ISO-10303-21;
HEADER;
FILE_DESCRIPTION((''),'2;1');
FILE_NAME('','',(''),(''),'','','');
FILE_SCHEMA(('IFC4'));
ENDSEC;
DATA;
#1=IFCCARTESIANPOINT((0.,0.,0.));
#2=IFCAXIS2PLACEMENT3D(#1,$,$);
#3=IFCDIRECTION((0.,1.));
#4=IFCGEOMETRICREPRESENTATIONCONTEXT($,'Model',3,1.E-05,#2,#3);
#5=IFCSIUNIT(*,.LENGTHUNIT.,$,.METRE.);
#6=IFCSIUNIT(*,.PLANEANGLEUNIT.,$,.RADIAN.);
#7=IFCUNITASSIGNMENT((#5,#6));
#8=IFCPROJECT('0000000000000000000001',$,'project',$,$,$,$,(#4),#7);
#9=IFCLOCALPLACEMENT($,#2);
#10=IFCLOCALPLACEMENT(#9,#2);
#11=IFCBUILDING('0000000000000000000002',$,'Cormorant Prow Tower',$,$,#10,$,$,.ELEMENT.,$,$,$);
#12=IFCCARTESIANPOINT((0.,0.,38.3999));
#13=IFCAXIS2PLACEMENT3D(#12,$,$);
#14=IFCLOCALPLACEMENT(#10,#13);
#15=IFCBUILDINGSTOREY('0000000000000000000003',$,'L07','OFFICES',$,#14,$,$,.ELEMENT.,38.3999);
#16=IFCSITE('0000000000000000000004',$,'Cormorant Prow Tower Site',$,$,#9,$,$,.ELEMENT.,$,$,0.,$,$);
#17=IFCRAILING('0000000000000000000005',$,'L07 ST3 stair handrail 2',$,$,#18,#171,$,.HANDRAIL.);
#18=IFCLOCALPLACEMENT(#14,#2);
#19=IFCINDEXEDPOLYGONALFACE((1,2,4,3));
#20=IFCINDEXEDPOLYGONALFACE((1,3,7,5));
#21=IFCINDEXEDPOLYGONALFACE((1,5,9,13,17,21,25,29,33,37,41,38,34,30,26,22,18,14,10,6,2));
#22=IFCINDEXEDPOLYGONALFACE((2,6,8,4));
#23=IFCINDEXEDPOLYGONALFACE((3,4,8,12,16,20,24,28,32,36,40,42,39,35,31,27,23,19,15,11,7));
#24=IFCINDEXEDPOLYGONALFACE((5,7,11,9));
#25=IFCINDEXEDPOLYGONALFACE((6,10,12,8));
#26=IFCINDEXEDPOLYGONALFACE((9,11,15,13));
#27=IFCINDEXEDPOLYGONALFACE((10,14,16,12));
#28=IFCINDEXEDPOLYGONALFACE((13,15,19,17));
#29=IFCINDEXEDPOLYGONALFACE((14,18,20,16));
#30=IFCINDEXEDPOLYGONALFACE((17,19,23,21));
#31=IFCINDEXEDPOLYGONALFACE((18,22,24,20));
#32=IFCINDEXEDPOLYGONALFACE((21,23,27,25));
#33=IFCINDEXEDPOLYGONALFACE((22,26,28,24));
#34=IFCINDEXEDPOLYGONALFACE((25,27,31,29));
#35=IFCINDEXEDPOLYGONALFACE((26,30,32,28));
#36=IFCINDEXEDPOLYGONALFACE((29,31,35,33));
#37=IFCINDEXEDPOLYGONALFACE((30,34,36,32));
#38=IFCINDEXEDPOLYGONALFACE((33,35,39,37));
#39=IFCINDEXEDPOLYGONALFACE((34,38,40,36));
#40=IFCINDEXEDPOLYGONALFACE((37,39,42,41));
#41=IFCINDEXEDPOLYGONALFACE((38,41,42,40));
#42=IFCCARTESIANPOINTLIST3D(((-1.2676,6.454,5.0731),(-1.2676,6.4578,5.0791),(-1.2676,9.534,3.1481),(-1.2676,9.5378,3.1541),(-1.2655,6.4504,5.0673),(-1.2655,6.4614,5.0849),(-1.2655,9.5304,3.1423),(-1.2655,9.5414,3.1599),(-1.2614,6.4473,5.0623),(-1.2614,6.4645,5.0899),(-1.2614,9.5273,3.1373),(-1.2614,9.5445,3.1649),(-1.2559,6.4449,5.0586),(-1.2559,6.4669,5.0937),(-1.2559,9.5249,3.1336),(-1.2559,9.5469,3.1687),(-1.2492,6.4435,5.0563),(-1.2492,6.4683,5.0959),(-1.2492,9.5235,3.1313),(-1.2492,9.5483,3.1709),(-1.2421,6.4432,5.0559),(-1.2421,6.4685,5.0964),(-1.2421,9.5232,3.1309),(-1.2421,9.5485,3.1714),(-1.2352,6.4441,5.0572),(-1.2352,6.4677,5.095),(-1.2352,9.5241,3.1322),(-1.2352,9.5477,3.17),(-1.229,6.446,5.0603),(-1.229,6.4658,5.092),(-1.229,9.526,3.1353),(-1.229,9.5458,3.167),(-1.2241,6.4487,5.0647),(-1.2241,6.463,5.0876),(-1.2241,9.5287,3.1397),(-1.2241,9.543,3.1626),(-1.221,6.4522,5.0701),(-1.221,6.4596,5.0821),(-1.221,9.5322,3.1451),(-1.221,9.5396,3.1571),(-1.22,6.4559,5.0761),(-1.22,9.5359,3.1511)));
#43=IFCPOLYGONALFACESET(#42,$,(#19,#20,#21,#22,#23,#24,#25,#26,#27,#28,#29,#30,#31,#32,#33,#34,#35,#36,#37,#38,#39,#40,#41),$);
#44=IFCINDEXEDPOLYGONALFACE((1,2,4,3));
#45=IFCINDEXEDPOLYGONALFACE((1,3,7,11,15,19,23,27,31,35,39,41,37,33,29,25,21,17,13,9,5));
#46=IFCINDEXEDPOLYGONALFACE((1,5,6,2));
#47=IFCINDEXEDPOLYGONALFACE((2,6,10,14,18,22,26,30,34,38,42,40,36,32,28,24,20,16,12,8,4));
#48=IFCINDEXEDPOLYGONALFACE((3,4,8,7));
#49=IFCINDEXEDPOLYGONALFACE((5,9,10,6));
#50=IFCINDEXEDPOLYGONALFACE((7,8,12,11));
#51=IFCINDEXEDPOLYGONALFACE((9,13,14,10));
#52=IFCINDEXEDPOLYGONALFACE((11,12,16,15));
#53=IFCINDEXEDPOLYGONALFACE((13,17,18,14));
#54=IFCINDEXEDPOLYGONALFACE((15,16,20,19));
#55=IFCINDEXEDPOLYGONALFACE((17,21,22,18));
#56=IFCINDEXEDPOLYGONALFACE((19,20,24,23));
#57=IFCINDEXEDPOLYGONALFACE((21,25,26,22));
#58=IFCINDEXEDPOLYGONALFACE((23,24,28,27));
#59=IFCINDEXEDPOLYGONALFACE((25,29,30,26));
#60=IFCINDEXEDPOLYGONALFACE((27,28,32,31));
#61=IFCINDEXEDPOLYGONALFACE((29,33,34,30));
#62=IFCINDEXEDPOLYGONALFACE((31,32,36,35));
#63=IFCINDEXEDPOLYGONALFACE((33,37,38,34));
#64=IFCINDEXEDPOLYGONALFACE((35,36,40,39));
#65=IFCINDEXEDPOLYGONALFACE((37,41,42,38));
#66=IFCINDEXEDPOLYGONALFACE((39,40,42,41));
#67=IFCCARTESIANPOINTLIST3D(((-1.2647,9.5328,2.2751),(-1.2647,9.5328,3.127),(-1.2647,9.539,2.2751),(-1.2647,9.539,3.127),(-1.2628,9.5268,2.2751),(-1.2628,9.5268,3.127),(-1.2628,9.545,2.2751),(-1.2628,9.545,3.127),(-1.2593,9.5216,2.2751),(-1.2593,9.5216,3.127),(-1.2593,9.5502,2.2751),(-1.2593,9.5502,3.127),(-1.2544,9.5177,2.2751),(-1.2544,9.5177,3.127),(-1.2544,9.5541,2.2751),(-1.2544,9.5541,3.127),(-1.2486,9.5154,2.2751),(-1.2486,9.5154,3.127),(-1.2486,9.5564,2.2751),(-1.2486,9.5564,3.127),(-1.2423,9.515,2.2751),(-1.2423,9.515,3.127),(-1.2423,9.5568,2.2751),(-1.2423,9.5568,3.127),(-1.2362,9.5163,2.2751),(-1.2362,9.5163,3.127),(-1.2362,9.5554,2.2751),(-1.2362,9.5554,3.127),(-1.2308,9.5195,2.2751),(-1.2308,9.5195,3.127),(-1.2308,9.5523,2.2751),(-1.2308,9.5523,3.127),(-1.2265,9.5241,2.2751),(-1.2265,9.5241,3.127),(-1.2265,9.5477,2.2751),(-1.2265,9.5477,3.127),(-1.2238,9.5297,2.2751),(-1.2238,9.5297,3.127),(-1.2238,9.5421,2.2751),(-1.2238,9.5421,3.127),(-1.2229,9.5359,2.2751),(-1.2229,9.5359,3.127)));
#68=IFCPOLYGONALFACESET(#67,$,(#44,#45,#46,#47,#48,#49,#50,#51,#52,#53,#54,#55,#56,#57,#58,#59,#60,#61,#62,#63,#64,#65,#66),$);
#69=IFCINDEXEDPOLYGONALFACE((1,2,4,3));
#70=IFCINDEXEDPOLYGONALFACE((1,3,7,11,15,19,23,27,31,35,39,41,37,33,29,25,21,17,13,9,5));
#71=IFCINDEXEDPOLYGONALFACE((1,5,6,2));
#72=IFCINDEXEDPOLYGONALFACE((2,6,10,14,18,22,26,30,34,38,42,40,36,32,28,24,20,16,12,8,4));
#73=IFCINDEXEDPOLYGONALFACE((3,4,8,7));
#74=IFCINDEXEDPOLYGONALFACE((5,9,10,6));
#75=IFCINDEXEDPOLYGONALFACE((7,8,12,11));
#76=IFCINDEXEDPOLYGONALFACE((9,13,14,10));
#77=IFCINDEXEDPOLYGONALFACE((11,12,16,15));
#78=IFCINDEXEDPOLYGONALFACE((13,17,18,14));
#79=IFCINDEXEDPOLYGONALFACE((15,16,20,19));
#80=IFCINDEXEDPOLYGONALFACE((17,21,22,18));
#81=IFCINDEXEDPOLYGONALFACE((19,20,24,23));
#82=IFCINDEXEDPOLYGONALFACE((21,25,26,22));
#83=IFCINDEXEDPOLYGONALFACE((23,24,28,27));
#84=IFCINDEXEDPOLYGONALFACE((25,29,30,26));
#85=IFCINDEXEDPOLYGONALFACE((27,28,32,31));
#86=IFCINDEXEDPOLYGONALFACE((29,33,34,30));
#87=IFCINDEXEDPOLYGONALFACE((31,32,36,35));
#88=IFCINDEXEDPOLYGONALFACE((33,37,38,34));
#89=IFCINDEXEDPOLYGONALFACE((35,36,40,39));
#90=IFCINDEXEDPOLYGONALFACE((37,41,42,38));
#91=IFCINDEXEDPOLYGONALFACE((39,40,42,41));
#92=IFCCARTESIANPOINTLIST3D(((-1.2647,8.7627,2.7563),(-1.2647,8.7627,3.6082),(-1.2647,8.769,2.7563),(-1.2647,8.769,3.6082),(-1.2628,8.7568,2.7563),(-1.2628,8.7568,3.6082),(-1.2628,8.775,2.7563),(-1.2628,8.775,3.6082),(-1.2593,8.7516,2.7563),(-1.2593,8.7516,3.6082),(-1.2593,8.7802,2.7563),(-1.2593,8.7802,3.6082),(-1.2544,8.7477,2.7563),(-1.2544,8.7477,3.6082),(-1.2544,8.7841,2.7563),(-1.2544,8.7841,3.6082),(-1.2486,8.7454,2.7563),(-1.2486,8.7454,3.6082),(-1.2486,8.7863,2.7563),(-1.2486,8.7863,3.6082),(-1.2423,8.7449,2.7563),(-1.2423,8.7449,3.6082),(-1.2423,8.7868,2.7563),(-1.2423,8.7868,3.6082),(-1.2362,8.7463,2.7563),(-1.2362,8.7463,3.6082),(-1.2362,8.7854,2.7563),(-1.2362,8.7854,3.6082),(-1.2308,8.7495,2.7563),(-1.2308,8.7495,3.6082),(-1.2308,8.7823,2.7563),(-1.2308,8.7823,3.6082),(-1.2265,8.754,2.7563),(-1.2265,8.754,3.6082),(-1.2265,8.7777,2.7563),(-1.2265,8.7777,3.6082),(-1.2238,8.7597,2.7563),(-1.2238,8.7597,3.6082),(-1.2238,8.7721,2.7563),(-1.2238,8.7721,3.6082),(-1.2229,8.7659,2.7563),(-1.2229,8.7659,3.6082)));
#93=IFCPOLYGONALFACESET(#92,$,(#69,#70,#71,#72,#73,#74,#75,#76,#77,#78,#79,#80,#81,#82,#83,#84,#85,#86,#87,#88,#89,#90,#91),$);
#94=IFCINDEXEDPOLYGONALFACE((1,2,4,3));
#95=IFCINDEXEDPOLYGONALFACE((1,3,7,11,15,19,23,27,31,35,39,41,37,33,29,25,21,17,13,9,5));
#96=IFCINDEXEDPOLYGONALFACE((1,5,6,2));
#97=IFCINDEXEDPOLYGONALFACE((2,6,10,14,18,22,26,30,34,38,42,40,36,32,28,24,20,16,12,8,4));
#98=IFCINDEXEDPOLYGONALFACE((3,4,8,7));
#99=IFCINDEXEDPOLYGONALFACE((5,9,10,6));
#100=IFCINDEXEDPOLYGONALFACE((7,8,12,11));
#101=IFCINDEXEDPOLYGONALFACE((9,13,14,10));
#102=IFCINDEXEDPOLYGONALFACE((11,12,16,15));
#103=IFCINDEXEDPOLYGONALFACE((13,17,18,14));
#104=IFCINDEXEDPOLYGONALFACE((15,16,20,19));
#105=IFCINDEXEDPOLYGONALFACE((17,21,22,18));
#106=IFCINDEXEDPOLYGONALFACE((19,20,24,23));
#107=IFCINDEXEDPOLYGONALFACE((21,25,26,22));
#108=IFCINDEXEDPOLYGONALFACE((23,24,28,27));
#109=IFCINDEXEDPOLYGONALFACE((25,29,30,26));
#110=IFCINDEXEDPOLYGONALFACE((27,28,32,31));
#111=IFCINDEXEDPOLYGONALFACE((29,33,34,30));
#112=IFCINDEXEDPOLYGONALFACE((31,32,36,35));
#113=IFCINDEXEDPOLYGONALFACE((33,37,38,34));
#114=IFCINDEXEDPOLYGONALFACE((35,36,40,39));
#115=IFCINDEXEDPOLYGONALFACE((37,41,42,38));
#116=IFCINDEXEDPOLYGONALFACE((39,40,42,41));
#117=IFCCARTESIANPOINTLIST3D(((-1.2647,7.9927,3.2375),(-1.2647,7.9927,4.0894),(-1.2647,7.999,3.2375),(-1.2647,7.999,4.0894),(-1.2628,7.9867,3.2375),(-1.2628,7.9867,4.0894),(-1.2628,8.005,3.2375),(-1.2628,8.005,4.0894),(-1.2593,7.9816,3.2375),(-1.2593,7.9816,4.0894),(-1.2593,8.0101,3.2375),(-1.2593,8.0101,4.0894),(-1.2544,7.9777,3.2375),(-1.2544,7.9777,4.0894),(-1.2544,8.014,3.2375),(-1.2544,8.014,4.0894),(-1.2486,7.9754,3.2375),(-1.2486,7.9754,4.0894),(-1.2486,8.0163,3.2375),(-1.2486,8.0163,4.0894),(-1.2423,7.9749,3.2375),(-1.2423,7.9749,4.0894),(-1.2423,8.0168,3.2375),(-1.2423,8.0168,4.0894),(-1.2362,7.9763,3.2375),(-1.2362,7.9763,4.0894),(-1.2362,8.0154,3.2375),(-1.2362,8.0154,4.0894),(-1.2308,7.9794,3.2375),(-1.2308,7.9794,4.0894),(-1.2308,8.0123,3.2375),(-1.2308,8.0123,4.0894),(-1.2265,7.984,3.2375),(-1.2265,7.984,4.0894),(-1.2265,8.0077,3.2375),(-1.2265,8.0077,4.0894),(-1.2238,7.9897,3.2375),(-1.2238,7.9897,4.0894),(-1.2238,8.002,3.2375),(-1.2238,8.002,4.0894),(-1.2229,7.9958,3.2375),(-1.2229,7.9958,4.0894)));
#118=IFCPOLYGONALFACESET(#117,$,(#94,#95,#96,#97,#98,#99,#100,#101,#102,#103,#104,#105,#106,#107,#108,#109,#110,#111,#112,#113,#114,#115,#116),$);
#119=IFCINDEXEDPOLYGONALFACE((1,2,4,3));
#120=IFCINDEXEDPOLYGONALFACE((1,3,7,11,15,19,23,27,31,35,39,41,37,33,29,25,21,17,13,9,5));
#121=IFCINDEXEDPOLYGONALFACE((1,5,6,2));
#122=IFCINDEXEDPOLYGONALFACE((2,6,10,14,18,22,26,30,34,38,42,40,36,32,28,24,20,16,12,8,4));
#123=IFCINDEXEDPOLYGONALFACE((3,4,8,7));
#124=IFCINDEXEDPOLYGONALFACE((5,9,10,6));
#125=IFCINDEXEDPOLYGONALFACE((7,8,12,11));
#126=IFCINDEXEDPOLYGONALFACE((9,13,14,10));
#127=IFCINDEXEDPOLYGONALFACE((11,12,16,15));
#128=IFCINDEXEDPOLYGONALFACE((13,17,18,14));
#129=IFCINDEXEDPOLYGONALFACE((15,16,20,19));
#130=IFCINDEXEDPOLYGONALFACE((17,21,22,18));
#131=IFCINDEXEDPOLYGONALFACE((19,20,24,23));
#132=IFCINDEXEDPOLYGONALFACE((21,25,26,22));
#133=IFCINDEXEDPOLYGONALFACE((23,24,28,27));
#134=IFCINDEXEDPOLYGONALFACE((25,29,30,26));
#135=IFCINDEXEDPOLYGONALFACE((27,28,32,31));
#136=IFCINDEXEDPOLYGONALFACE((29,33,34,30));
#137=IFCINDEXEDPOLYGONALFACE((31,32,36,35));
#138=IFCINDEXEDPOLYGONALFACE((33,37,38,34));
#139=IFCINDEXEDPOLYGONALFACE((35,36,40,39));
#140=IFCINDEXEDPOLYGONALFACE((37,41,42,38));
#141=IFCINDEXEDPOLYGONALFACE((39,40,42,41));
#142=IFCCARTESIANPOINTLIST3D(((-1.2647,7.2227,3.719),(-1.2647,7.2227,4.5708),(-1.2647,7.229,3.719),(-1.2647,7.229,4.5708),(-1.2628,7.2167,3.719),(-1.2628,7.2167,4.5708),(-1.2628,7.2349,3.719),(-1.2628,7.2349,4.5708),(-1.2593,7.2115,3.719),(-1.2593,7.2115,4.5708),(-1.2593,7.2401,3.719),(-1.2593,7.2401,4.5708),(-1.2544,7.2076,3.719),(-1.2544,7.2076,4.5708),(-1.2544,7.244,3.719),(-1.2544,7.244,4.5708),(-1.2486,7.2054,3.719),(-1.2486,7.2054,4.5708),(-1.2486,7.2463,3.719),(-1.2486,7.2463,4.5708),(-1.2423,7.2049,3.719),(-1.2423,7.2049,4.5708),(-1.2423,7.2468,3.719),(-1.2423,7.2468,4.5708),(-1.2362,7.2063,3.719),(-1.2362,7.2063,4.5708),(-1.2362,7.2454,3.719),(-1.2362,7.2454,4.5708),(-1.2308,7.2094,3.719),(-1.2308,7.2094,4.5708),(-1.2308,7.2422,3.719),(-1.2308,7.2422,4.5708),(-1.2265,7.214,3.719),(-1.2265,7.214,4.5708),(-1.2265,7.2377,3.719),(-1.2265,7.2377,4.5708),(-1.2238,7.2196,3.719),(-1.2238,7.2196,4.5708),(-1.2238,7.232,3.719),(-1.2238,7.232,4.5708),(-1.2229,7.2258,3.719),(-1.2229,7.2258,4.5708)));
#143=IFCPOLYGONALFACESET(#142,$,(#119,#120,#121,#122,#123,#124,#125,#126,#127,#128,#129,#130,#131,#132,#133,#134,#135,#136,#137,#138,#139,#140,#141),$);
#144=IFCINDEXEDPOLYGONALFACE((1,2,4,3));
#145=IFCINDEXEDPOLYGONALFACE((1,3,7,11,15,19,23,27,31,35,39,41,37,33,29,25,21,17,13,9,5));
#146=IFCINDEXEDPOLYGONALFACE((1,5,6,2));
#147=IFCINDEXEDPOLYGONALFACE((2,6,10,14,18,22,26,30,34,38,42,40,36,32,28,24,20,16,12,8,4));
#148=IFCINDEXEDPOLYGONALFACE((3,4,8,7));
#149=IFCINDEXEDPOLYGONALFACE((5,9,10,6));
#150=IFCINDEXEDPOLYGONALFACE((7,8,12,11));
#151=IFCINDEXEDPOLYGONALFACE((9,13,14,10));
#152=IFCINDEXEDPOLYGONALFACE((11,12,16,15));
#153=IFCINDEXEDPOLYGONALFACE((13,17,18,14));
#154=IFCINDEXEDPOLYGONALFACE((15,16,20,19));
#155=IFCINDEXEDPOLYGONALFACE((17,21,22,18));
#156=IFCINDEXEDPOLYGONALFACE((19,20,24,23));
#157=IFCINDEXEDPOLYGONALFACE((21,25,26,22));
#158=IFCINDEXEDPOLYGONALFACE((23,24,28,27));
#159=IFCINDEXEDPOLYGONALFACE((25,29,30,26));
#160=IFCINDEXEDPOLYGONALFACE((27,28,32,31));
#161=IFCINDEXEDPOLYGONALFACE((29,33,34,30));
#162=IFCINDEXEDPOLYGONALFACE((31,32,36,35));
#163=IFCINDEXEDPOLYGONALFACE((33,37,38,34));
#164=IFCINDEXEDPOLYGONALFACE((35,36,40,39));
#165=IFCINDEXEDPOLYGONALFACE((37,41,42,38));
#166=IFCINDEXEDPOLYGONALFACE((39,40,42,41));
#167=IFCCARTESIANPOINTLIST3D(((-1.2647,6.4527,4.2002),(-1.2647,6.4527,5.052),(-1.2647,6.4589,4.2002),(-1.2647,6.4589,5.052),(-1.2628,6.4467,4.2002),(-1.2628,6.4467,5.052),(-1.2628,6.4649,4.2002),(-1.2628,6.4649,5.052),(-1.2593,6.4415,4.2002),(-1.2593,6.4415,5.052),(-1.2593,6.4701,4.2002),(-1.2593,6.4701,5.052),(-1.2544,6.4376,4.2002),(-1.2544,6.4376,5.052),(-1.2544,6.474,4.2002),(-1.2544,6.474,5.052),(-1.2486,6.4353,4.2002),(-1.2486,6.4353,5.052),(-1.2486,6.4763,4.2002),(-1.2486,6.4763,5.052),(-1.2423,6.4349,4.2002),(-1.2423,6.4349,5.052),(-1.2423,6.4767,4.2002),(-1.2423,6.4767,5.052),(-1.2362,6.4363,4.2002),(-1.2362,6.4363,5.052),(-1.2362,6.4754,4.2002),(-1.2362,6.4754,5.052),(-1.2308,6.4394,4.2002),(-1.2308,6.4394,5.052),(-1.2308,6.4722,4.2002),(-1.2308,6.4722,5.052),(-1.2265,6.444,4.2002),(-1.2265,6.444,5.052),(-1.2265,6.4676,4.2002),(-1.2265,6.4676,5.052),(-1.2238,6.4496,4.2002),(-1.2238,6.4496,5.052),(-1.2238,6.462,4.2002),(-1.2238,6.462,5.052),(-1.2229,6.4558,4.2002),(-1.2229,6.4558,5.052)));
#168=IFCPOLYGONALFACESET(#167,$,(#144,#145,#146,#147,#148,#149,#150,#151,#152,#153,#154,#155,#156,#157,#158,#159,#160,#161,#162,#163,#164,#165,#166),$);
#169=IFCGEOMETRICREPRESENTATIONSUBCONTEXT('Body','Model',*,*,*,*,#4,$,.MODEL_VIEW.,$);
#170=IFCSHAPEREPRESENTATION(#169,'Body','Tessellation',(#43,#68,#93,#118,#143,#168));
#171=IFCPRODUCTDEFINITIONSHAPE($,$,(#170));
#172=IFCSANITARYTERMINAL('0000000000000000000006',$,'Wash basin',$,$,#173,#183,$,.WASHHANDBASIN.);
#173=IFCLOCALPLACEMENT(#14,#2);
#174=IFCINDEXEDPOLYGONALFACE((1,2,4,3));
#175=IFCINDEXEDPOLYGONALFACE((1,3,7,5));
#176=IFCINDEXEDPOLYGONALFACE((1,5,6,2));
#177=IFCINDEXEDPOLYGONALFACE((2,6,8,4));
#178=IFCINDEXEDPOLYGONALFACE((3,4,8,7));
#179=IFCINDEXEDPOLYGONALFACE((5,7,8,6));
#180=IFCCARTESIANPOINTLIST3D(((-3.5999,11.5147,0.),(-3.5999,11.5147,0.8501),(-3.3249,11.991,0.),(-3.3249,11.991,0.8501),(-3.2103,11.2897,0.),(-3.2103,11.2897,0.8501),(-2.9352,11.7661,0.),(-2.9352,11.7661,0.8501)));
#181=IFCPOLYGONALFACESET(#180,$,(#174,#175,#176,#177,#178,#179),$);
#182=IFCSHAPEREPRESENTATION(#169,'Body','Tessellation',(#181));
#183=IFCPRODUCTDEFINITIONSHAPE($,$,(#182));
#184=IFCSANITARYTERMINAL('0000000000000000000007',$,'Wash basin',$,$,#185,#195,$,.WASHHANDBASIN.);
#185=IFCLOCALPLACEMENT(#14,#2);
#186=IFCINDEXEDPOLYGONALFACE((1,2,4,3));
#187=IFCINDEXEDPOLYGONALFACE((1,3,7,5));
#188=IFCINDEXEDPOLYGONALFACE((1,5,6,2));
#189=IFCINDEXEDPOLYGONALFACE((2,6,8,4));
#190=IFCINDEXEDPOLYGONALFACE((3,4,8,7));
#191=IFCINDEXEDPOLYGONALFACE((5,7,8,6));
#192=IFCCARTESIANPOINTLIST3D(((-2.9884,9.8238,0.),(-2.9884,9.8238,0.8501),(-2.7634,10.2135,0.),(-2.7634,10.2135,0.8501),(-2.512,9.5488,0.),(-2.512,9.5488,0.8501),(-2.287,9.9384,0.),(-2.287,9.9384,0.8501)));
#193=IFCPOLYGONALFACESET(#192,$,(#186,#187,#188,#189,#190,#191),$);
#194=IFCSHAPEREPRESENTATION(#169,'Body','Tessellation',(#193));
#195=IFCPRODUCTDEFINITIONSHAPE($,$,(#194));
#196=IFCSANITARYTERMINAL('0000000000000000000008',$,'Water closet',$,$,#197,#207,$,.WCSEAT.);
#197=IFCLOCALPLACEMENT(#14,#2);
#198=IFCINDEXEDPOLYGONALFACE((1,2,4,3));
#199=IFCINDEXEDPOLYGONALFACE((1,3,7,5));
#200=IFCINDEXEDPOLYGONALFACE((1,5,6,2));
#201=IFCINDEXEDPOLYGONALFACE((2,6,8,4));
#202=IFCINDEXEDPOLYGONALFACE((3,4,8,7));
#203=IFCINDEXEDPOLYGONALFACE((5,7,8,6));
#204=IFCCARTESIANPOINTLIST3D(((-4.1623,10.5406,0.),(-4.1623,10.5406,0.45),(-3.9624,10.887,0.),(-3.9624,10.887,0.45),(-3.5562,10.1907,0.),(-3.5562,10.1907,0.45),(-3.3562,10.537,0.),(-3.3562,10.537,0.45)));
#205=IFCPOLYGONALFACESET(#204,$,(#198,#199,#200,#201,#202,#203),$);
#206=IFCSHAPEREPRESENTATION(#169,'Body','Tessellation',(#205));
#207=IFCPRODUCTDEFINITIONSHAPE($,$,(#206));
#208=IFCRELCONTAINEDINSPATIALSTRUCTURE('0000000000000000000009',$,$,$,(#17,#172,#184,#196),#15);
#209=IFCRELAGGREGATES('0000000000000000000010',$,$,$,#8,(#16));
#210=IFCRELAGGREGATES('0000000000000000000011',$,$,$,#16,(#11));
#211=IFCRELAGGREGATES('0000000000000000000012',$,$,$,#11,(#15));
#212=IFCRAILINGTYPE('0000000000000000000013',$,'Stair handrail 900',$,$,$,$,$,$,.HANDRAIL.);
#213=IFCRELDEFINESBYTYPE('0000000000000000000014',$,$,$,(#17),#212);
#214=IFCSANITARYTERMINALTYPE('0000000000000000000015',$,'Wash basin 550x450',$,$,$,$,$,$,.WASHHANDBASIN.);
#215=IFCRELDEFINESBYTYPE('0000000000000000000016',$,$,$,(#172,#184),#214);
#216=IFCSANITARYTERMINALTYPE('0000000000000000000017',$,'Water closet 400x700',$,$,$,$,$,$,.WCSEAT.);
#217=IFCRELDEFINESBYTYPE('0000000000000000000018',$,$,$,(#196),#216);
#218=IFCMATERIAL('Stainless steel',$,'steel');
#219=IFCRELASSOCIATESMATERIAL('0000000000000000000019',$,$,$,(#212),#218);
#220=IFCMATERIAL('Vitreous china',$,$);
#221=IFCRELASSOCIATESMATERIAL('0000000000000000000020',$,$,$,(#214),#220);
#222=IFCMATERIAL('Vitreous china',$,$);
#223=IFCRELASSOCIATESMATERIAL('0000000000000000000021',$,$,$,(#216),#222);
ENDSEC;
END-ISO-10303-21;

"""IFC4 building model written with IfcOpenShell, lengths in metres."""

from ifc_helpers import new_model, si_unit, direction, frame, origin, origin_2d, place, context, subcontext, project, spatial, rectangle, circle, extrude, material, type_object, element, save


model = new_model("IFC4")

# Units and contexts
model_context = context("Model", 3, precision=1e-05, world=origin(), true_north=direction((0.0, 1.0)))
body_context = subcontext(model_context, "Body", "Model", "MODEL_VIEW")
ifc_project = project(units=[si_unit("LENGTHUNIT", "METRE"), si_unit("PLANEANGLEUNIT", "RADIAN")], contexts=[model_context])

# Site, building, storey
site_placement = place(None, origin())
site = spatial("IfcSite", under=ifc_project, at=site_placement, Name="Cormorant Prow Tower Site", CompositionType="ELEMENT", RefElevation=0.0)
building_placement = place(site_placement, origin())
building = spatial("IfcBuilding", under=site, at=building_placement, Name="Cormorant Prow Tower", CompositionType="ELEMENT")
storey_placement = place(building_placement, frame((0.0, 0.0, 38.3999)))
storey = spatial("IfcBuildingStorey", under=building, at=storey_placement, Name="L07", Description="OFFICES", CompositionType="ELEMENT", Elevation=38.3999)

# Railing
ifc_material_1 = material(Name="Stainless steel", Category="steel")
railing_type = type_object("IfcRailingType", Name="Stair handrail 900", PredefinedType="HANDRAIL", material=ifc_material_1)
railing_placement = place(storey_placement, frame((-1.2439, 9.5359, 2.2751)))
element("IfcRailing", 1, at=railing_placement, inside=storey, type_object=railing_type, Name="L07 ST3 stair handrail 2", PredefinedType="HANDRAIL", context=body_context, shape_type="SweptSolid", body=[
    extrude(circle(Radius=0.0239, at=origin_2d()), frame((0.0, 0.0, 0.876), z_axis=(0.0, -0.847998, 0.529999), x_axis=(1.0, 0.0, 0.0)), (0.0, 0.0, 1.0), 3.6321),
    extrude(circle(Radius=0.021, at=origin_2d()), origin(), (0.0, 0.0, 1.0), 0.8518),
    extrude(circle(Radius=0.021, at=origin_2d()), frame((0.0, -0.77, 0.4812)), (0.0, 0.0, 1.0), 0.8518),
    extrude(circle(Radius=0.021, at=origin_2d()), frame((0.0, -1.54, 0.9624)), (0.0, 0.0, 1.0), 0.8518),
    extrude(circle(Radius=0.021, at=origin_2d()), frame((0.0, -2.3101, 1.4438)), (0.0, 0.0, 1.0), 0.8518),
    extrude(circle(Radius=0.021, at=origin_2d()), frame((0.0, -3.0801, 1.925)), (0.0, 0.0, 1.0), 0.8518),
])

# Sanitary terminals
ifc_material_2 = material(Name="Vitreous china")
sanitary_terminal_type_1 = type_object("IfcSanitaryTerminalType", Name="Wash basin 550x450", PredefinedType="WASHHANDBASIN", material=ifc_material_2)
for number, where, z_axis, x_axis, name in (
    (2, (-3.2676, 11.6404, 0.0), (0.0, 0.0, 1.0), (-0.5, -0.866025, 0.0), "Wash basin"),
    (3, (-2.6377, 9.8811, 0.0), (0.0, 0.0, 1.0), (0.866017, -0.500015, 0.0), "Wash basin"),
):
    element("IfcSanitaryTerminal", number, at=place(storey_placement, frame(where, z_axis=z_axis, x_axis=x_axis)), inside=storey, type_object=sanitary_terminal_type_1, Name=name, PredefinedType="WASHHANDBASIN", context=body_context, shape_type="SweptSolid", body=[
        extrude(rectangle(XDim=0.55, YDim=0.45, at=origin_2d()), origin(), (0.0, 0.0, 1.0), 0.8501),
    ])
ifc_material_3 = material(Name="Vitreous china")
sanitary_terminal_type_2 = type_object("IfcSanitaryTerminalType", Name="Water closet 400x700", PredefinedType="WCSEAT", material=ifc_material_3)
for number, where, z_axis, x_axis, name in (
    (4, (-3.7593, 10.5388, 0.0), (0.0, 0.0, 1.0), (-0.5, -0.866025, 0.0), "Water closet"),
):
    element("IfcSanitaryTerminal", number, at=place(storey_placement, frame(where, z_axis=z_axis, x_axis=x_axis)), inside=storey, type_object=sanitary_terminal_type_2, Name=name, PredefinedType="WCSEAT", context=body_context, shape_type="SweptSolid", body=[
        extrude(rectangle(XDim=0.3999, YDim=0.7, at=origin_2d()), origin(), (0.0, 0.0, 1.0), 0.45),
    ])

save(model, "model.ifc")
